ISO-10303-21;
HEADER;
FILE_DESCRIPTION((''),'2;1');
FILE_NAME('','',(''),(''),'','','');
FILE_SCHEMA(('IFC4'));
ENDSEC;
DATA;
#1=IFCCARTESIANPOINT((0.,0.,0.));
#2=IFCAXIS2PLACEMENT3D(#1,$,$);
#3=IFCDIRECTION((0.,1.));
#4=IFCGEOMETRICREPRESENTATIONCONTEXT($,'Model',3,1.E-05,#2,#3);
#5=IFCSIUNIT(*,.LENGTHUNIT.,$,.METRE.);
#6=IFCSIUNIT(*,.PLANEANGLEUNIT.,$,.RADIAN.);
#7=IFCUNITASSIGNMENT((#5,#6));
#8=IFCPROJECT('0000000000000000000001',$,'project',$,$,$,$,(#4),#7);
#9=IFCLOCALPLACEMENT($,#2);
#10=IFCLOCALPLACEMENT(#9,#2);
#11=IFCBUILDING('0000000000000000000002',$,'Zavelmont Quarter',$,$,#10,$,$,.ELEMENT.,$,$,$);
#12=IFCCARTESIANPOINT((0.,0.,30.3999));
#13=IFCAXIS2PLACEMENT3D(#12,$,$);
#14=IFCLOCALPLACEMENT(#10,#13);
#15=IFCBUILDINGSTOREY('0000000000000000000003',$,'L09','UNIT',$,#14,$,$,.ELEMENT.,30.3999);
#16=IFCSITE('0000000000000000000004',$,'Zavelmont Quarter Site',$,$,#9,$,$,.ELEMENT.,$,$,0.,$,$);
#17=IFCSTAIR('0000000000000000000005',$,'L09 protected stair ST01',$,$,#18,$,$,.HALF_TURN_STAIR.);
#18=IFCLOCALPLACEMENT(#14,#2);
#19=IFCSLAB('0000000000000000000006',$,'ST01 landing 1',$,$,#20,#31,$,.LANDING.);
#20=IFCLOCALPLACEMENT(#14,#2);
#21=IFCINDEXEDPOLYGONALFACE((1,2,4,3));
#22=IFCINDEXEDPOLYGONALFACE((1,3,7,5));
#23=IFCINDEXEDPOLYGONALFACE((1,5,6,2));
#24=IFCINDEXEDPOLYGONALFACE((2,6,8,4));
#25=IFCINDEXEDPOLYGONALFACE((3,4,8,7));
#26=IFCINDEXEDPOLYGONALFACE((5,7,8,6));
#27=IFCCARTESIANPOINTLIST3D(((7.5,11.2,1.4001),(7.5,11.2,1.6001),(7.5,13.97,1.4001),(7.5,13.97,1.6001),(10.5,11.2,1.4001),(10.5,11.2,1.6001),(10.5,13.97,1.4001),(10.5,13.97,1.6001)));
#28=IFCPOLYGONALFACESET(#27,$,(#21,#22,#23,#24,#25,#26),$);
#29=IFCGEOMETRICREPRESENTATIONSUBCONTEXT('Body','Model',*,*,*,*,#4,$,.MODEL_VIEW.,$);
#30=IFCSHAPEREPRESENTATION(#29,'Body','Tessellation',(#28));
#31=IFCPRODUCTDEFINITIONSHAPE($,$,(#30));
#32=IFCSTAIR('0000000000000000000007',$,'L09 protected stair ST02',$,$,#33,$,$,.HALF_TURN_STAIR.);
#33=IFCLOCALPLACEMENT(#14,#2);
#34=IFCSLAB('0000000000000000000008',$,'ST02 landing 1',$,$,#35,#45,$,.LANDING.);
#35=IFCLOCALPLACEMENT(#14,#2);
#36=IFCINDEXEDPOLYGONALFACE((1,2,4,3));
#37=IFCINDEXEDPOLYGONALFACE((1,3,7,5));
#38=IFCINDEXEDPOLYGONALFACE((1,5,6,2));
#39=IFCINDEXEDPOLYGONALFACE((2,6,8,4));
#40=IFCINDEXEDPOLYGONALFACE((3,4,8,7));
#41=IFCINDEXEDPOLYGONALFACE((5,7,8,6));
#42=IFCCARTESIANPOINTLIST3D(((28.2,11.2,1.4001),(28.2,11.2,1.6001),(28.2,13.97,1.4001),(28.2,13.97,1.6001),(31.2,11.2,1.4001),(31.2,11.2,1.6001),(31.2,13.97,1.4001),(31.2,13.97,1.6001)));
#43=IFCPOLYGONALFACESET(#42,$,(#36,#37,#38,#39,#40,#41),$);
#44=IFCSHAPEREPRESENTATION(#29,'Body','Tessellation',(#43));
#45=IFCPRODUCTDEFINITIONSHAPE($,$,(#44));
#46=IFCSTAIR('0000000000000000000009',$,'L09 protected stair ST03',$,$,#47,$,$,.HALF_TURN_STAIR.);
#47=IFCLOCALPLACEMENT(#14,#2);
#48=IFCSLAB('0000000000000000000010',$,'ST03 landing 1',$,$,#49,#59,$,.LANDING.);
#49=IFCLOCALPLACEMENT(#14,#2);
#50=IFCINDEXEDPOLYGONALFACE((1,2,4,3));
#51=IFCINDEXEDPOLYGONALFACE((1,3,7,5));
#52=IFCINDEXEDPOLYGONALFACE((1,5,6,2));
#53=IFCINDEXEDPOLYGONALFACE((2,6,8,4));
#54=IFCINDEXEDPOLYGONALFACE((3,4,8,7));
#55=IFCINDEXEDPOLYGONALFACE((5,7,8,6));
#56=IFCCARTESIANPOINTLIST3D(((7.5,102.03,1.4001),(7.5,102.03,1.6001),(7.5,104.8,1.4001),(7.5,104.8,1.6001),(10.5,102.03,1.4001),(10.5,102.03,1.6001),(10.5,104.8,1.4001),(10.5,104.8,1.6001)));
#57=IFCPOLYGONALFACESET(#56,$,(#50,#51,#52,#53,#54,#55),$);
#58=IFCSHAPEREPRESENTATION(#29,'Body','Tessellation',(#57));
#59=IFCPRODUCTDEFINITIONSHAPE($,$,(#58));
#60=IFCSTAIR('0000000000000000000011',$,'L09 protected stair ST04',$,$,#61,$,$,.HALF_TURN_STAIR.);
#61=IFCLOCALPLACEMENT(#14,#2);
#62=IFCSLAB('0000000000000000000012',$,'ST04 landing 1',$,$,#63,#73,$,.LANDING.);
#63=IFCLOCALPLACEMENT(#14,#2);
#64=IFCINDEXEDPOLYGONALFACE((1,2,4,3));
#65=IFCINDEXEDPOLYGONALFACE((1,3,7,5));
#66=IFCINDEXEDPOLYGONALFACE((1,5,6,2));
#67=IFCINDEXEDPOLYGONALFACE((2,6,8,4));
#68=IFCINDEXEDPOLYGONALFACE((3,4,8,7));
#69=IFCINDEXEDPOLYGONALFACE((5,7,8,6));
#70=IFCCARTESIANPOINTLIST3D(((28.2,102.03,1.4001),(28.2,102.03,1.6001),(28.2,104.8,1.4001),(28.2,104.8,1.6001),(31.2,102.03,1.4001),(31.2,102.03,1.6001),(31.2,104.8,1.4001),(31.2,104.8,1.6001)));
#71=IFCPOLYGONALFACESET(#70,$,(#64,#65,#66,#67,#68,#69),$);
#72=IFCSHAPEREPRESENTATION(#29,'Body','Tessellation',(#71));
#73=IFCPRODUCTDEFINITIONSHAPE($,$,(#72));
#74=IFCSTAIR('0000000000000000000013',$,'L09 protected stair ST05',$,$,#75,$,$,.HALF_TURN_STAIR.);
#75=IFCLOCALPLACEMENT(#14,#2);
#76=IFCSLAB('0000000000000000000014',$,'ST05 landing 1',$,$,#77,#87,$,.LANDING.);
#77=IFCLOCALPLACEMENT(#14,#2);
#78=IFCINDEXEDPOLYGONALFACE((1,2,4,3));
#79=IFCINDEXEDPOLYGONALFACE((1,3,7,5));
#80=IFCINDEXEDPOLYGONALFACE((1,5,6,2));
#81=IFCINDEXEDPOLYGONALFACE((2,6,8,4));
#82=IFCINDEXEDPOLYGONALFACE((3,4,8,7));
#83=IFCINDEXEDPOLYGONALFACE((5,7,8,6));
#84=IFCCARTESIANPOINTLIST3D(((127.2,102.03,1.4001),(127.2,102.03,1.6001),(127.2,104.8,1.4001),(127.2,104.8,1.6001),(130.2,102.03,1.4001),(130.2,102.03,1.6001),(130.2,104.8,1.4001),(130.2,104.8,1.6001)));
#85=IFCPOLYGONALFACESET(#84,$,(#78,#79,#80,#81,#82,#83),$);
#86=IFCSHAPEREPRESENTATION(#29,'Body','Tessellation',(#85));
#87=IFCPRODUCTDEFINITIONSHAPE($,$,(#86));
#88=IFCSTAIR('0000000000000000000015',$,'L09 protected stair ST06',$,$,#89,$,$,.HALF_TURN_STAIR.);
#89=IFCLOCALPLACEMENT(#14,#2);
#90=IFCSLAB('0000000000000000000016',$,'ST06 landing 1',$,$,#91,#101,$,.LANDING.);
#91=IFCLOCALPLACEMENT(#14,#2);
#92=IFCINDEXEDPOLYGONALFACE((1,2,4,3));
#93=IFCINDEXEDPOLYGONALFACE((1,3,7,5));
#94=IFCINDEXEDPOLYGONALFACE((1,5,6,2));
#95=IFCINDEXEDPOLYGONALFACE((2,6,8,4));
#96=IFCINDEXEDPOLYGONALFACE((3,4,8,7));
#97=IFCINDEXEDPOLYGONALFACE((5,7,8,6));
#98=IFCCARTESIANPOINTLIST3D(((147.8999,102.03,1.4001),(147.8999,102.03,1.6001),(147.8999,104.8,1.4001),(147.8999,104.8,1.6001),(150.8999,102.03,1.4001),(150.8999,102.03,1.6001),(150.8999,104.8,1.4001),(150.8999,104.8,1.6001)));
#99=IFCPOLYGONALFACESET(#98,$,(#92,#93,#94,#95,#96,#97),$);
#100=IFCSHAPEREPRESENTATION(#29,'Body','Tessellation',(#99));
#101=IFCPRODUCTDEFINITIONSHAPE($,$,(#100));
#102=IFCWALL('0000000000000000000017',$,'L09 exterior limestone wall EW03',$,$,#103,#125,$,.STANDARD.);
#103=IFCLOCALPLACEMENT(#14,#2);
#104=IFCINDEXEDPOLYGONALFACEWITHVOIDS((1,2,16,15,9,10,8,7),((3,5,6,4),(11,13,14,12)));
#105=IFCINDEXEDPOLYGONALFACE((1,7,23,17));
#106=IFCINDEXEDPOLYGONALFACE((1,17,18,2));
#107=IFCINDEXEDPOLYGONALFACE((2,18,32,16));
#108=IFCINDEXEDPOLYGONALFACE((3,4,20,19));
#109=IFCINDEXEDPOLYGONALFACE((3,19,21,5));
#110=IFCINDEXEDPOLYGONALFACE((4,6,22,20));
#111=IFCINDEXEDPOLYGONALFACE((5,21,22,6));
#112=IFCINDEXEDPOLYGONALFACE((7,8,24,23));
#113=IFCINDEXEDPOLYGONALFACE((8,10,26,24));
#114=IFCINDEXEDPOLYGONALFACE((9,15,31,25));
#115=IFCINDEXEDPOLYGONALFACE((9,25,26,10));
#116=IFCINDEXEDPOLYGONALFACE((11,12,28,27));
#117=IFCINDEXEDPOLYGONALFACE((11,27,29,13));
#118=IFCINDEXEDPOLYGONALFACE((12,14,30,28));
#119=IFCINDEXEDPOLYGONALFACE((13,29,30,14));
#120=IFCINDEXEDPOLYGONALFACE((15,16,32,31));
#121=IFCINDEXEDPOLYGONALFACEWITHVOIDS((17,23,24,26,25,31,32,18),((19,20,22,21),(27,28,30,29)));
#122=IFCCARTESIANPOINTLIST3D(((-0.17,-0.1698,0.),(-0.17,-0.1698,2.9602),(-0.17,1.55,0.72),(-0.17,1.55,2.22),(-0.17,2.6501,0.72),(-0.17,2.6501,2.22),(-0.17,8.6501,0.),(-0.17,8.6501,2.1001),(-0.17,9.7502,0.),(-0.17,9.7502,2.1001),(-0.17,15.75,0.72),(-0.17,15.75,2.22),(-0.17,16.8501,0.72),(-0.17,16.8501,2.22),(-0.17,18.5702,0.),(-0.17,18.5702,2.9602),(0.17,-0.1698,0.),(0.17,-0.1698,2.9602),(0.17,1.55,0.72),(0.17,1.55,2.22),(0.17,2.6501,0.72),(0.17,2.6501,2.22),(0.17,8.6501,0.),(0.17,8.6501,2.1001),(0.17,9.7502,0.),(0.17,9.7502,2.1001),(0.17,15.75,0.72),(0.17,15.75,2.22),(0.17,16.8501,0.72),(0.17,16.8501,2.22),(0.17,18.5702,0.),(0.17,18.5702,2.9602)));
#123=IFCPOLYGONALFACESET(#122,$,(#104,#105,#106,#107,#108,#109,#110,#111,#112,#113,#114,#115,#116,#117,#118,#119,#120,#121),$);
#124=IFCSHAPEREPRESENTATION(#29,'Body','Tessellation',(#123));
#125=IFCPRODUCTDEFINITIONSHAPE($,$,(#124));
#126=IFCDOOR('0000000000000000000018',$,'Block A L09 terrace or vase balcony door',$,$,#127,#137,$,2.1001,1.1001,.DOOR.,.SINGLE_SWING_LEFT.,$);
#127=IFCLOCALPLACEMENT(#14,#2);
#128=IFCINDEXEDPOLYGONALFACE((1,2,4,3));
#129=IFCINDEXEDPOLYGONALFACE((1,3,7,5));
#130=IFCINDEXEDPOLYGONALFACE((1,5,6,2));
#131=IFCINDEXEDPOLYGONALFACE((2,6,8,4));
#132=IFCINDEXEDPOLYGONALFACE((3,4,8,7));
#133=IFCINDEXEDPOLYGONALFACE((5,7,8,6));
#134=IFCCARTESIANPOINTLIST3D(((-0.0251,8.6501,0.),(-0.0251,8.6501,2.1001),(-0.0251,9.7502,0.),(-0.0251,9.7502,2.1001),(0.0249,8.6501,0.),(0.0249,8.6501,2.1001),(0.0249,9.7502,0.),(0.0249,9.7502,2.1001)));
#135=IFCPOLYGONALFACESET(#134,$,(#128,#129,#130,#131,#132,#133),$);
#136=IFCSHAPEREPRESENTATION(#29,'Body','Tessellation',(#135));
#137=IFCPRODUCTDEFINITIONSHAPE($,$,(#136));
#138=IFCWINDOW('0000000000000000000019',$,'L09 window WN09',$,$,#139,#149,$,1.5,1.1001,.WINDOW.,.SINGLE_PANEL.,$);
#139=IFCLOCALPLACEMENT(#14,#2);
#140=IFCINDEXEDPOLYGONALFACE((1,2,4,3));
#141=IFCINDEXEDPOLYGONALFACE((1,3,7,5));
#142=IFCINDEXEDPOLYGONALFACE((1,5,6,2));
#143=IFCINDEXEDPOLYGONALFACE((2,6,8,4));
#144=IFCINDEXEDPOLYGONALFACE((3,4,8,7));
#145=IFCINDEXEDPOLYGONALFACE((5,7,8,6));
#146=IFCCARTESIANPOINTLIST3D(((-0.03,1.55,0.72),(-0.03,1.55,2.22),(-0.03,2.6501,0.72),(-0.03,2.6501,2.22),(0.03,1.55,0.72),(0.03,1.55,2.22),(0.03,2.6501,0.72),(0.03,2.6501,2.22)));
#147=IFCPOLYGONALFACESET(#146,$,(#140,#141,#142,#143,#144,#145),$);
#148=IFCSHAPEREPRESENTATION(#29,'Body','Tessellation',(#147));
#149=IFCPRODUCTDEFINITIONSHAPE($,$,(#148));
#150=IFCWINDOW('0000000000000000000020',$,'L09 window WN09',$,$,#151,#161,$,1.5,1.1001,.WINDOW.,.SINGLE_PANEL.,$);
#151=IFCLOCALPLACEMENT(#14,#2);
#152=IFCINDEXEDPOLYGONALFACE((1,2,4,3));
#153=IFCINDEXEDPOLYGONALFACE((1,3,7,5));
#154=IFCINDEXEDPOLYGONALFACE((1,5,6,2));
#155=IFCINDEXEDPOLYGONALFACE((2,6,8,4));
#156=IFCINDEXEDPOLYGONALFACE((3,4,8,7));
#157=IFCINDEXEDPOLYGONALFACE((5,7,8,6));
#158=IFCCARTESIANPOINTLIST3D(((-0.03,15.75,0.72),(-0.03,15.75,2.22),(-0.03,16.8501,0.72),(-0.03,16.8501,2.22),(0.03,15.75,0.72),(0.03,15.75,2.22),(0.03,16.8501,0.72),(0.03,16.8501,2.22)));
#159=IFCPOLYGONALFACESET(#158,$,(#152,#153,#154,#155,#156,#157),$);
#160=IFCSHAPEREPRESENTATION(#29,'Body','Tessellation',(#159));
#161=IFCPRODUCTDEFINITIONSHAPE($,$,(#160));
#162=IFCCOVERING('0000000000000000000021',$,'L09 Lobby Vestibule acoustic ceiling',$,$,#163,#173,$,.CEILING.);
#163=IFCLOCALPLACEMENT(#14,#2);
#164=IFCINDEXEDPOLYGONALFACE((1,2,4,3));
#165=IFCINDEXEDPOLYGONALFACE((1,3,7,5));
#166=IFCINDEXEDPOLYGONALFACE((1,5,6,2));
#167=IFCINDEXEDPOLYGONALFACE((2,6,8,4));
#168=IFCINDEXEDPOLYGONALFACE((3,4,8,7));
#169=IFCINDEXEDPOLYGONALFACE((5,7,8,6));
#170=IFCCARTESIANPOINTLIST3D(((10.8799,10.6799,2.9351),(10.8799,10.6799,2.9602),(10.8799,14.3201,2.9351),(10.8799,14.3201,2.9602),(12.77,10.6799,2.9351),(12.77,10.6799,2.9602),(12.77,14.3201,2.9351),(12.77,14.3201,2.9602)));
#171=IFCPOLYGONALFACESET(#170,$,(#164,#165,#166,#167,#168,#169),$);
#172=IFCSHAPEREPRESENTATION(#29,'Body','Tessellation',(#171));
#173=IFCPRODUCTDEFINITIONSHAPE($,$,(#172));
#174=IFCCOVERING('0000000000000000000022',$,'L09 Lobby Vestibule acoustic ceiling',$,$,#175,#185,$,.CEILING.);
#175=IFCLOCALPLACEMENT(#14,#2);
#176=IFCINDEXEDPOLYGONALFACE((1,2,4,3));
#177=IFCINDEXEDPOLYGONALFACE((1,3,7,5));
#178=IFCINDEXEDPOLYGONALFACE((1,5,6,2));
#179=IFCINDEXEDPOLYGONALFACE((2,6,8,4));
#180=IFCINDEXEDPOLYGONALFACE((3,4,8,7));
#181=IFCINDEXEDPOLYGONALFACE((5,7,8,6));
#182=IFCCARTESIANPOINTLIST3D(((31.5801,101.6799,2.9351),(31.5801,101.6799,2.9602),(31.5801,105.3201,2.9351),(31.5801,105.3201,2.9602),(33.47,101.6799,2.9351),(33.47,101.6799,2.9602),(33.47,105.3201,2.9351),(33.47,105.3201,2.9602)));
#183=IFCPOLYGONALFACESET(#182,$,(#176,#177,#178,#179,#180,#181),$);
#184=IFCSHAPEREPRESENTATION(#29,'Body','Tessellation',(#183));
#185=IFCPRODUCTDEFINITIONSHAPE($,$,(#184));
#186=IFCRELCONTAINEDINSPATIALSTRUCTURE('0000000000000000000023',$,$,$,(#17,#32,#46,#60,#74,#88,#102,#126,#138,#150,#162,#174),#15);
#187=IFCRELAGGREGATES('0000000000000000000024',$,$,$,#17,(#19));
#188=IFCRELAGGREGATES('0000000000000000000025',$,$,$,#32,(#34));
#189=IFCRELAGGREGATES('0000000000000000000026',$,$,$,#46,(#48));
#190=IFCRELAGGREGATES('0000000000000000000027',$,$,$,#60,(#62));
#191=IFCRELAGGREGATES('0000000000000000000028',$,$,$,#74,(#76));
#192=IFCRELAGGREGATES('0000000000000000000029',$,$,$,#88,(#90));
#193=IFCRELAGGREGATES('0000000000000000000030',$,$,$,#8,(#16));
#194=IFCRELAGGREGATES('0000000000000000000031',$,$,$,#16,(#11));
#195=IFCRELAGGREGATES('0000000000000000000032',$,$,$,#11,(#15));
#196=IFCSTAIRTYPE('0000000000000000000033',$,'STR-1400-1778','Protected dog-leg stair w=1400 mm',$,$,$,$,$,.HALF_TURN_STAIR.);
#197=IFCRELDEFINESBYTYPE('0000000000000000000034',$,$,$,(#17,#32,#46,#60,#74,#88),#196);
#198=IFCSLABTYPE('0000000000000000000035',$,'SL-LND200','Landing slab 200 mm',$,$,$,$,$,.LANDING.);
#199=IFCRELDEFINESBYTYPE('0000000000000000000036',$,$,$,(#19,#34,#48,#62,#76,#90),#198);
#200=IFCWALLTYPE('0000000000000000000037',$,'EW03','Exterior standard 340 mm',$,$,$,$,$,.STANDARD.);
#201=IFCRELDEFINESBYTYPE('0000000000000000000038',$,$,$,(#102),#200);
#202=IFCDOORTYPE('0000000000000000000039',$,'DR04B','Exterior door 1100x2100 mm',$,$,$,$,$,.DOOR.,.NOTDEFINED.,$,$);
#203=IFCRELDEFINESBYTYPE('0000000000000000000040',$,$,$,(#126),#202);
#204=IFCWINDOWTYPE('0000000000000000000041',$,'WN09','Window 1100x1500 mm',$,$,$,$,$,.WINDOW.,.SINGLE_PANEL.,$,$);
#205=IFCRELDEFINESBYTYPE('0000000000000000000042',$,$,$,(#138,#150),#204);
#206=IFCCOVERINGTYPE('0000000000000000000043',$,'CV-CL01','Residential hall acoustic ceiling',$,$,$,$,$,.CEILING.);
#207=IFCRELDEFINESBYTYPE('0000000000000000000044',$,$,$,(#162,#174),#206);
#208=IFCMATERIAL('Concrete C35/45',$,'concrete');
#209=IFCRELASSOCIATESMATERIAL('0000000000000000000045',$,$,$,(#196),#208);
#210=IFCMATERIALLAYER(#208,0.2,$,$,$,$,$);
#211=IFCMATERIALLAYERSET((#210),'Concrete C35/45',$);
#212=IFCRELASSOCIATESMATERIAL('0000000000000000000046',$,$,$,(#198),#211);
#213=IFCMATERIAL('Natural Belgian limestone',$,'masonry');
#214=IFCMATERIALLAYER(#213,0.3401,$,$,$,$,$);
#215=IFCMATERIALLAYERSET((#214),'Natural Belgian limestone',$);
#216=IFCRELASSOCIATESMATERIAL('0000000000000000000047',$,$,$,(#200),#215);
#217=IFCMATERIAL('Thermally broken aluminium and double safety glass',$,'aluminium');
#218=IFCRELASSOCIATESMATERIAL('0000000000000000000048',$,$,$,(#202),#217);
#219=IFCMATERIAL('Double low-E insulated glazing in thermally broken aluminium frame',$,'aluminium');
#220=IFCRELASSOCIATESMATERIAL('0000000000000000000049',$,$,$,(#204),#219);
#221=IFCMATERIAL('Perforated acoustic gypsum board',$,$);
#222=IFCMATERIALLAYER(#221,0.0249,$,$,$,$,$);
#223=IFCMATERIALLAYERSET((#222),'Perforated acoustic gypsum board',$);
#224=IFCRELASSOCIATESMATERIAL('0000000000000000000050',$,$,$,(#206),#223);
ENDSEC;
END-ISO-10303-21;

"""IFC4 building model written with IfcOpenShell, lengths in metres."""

from ifc_helpers import new_model, si_unit, direction, frame, frame_2d, origin, origin_with_axes, place, context, subcontext, project, spatial, polyline, rectangle, outline, extrude, material, layer, layer_set, type_object, element, fill, aggregate, save


model = new_model("IFC4")

# Units and contexts
model_context = context("Model", 3, precision=1e-05, world=origin(), true_north=direction((0.0, 1.0)))
body_context = subcontext(model_context, "Body", "Model", "MODEL_VIEW")
ifc_project = project(units=[si_unit("LENGTHUNIT", "METRE"), si_unit("PLANEANGLEUNIT", "RADIAN")], contexts=[model_context])

# Site, building, storey
site_placement = place(None, origin())
site = spatial("IfcSite", under=ifc_project, at=site_placement, Name="Zavelmont Quarter Site", CompositionType="ELEMENT", RefElevation=0.0)
building_placement = place(site_placement, origin())
building = spatial("IfcBuilding", under=site, at=building_placement, Name="Zavelmont Quarter", CompositionType="ELEMENT")
storey_placement = place(building_placement, frame((0.0, 0.0, 30.3999)))
storey = spatial("IfcBuildingStorey", under=building, at=storey_placement, Name="L09", Description="UNIT", CompositionType="ELEMENT", Elevation=30.3999)

# Stairs, slabs
ifc_material_1 = material(Name="Concrete C35/45", Category="concrete")
stair_type = type_object("IfcStairType", Name="STR-1400-1778", Description="Protected dog-leg stair w=1400 mm", PredefinedType="HALF_TURN_STAIR", material=ifc_material_1)
stair_1_placement = place(storey_placement, origin())
stair_1 = element("IfcStair", 1, at=stair_1_placement, inside=storey, type_object=stair_type, Name="L09 protected stair ST01", PredefinedType="HALF_TURN_STAIR")
ifc_layer_1 = layer(ifc_material_1, 0.2)
ifc_layer_set_1 = layer_set([ifc_layer_1], Name="Concrete C35/45")
slab_type = type_object("IfcSlabType", Name="SL-LND200", Description="Landing slab 200 mm", PredefinedType="LANDING", material=ifc_layer_set_1)
slab_1_placement = place(storey_placement, frame((0.0, 0.0, 1.4001)))
slab_1 = element("IfcSlab", 2, at=slab_1_placement, type_object=slab_type, Name="ST01 landing 1", PredefinedType="LANDING", context=body_context, shape_type="SweptSolid", body=[
    extrude(outline(polyline([(7.5, 13.97), (7.5, 11.2), (10.5, 11.2), (10.5, 13.97), (7.5, 13.97)])), origin(), (0.0, 0.0, 1.0), 0.2),
])
aggregate(stair_1, [slab_1])
stair_2_placement = place(storey_placement, origin())
stair_2 = element("IfcStair", 3, at=stair_2_placement, inside=storey, type_object=stair_type, Name="L09 protected stair ST02", PredefinedType="HALF_TURN_STAIR")
slab_2_placement = place(storey_placement, frame((0.0, 0.0, 1.4001)))
slab_2 = element("IfcSlab", 4, at=slab_2_placement, type_object=slab_type, Name="ST02 landing 1", PredefinedType="LANDING", context=body_context, shape_type="SweptSolid", body=[
    extrude(outline(polyline([(28.2, 13.97), (28.2, 11.2), (31.2, 11.2), (31.2, 13.97), (28.2, 13.97)])), origin(), (0.0, 0.0, 1.0), 0.2),
])
aggregate(stair_2, [slab_2])
stair_3_placement = place(storey_placement, origin())
stair_3 = element("IfcStair", 5, at=stair_3_placement, inside=storey, type_object=stair_type, Name="L09 protected stair ST03", PredefinedType="HALF_TURN_STAIR")
slab_3_placement = place(storey_placement, frame((0.0, 0.0, 1.4001)))
slab_3 = element("IfcSlab", 6, at=slab_3_placement, type_object=slab_type, Name="ST03 landing 1", PredefinedType="LANDING", context=body_context, shape_type="SweptSolid", body=[
    extrude(outline(polyline([(10.5, 102.03), (10.5, 104.8), (7.5, 104.8), (7.5, 102.03), (10.5, 102.03)])), origin(), (0.0, 0.0, 1.0), 0.2),
])
aggregate(stair_3, [slab_3])
stair_4_placement = place(storey_placement, origin())
stair_4 = element("IfcStair", 7, at=stair_4_placement, inside=storey, type_object=stair_type, Name="L09 protected stair ST04", PredefinedType="HALF_TURN_STAIR")
slab_4_placement = place(storey_placement, frame((0.0, 0.0, 1.4001)))
slab_4 = element("IfcSlab", 8, at=slab_4_placement, type_object=slab_type, Name="ST04 landing 1", PredefinedType="LANDING", context=body_context, shape_type="SweptSolid", body=[
    extrude(outline(polyline([(31.2, 102.03), (31.2, 104.8), (28.2, 104.8), (28.2, 102.03), (31.2, 102.03)])), origin(), (0.0, 0.0, 1.0), 0.2),
])
aggregate(stair_4, [slab_4])
stair_5_placement = place(storey_placement, origin())
stair_5 = element("IfcStair", 9, at=stair_5_placement, inside=storey, type_object=stair_type, Name="L09 protected stair ST05", PredefinedType="HALF_TURN_STAIR")
slab_5_placement = place(storey_placement, frame((0.0, 0.0, 1.4001)))
slab_5 = element("IfcSlab", 10, at=slab_5_placement, type_object=slab_type, Name="ST05 landing 1", PredefinedType="LANDING", context=body_context, shape_type="SweptSolid", body=[
    extrude(outline(polyline([(130.2, 102.03), (130.2, 104.8), (127.2, 104.8), (127.2, 102.03), (130.2, 102.03)])), origin(), (0.0, 0.0, 1.0), 0.2),
])
aggregate(stair_5, [slab_5])
stair_6_placement = place(storey_placement, origin())
stair_6 = element("IfcStair", 11, at=stair_6_placement, inside=storey, type_object=stair_type, Name="L09 protected stair ST06", PredefinedType="HALF_TURN_STAIR")
slab_6_placement = place(storey_placement, frame((0.0, 0.0, 1.4001)))
slab_6 = element("IfcSlab", 12, at=slab_6_placement, type_object=slab_type, Name="ST06 landing 1", PredefinedType="LANDING", context=body_context, shape_type="SweptSolid", body=[
    extrude(outline(polyline([(150.8999, 102.03), (150.8999, 104.8), (147.8999, 104.8), (147.8999, 102.03), (150.8999, 102.03)])), origin(), (0.0, 0.0, 1.0), 0.2),
])
aggregate(stair_6, [slab_6])

# Wall, openings, door, windows
ifc_material_2 = material(Name="Natural Belgian limestone", Category="masonry")
ifc_layer_2 = layer(ifc_material_2, 0.3401)
ifc_layer_set_2 = layer_set([ifc_layer_2], Name="Natural Belgian limestone")
wall_type = type_object("IfcWallType", Name="EW03", Description="Exterior standard 340 mm", PredefinedType="STANDARD", material=ifc_layer_set_2)
wall_placement = place(storey_placement, frame((0.0, -0.1699, 0.0), z_axis=(0.0, 0.0, 1.0), x_axis=(0.0, 1.0, 0.0)))
wall = element("IfcWall", 13, at=wall_placement, inside=storey, type_object=wall_type, Name="L09 exterior limestone wall EW03", PredefinedType="STANDARD", context=body_context, shape_type="SweptSolid", body=[
    extrude(rectangle(XDim=18.74, YDim=0.3401, at=frame_2d((9.3701, 0.0))), origin(), (0.0, 0.0, 1.0), 2.9602),
])
opening_1_placement = place(wall_placement, frame((8.8201, 0.0, 0.0)))
opening_1 = element("IfcOpeningElement", 14, at=opening_1_placement, cuts=wall, PredefinedType="OPENING", context=body_context, shape_type="SweptSolid", body=[
    extrude(rectangle(XDim=1.1001, YDim=2.1001, at=frame_2d((0.55, 1.05))), frame((0.0, 0.1821, 0.0), z_axis=(0.0, -1.0, 0.0), x_axis=(1.0, 0.0, 0.0)), (0.0, 0.0, 1.0), 0.364),
])
opening_2_placement = place(wall_placement, frame((1.72, 0.0, 0.72)))
opening_2 = element("IfcOpeningElement", 15, at=opening_2_placement, cuts=wall, PredefinedType="OPENING", context=body_context, shape_type="SweptSolid", body=[
    extrude(rectangle(XDim=1.1001, YDim=1.5, at=frame_2d((0.55, 0.75))), frame((0.0, 0.1821, 0.0), z_axis=(0.0, -1.0, 0.0), x_axis=(1.0, 0.0, 0.0)), (0.0, 0.0, 1.0), 0.364),
])
opening_3_placement = place(wall_placement, frame((15.9199, 0.0, 0.72)))
opening_3 = element("IfcOpeningElement", 16, at=opening_3_placement, cuts=wall, PredefinedType="OPENING", context=body_context, shape_type="SweptSolid", body=[
    extrude(rectangle(XDim=1.1001, YDim=1.5, at=frame_2d((0.55, 0.75))), frame((0.0, 0.1821, 0.0), z_axis=(0.0, -1.0, 0.0), x_axis=(1.0, 0.0, 0.0)), (0.0, 0.0, 1.0), 0.364),
])
ifc_material_3 = material(Name="Thermally broken aluminium and double safety glass", Category="aluminium")
door_type = type_object("IfcDoorType", Name="DR04B", Description="Exterior door 1100x2100 mm", OperationType="NOTDEFINED", PredefinedType="DOOR", material=ifc_material_3)
door_placement = place(opening_1_placement, frame((1.1001, 0.0, 0.0), z_axis=(0.0, 0.0, 1.0), x_axis=(-1.0, 0.0, 0.0)))
door = element("IfcDoor", 17, at=door_placement, inside=storey, type_object=door_type, Name="Block A L09 terrace or vase balcony door", OperationType="SINGLE_SWING_LEFT", OverallHeight=2.1001, OverallWidth=1.1001, PredefinedType="DOOR", context=body_context, shape_type="SweptSolid", body=[
    extrude(rectangle(XDim=1.1001, YDim=2.1001, at=frame_2d((0.55, 1.05))), frame((0.0, 0.0249, 0.0), z_axis=(0.0, -1.0, 0.0), x_axis=(1.0, 0.0, 0.0)), (0.0, 0.0, 1.0), 0.05),
])
fill(opening_1, door)
ifc_material_4 = material(Name="Double low-E insulated glazing in thermally broken aluminium frame", Category="aluminium")
window_type = type_object("IfcWindowType", Name="WN09", Description="Window 1100x1500 mm", PartitioningType="SINGLE_PANEL", PredefinedType="WINDOW", material=ifc_material_4)
window_1_placement = place(opening_2_placement, origin_with_axes())
window_1 = element("IfcWindow", 18, at=window_1_placement, inside=storey, type_object=window_type, Name="L09 window WN09", OverallHeight=1.5, OverallWidth=1.1001, PartitioningType="SINGLE_PANEL", PredefinedType="WINDOW", context=body_context, shape_type="SweptSolid", body=[
    extrude(rectangle(XDim=1.1001, YDim=1.5, at=frame_2d((0.55, 0.75))), frame((0.0, 0.03, 0.0), z_axis=(0.0, -1.0, 0.0), x_axis=(1.0, 0.0, 0.0)), (0.0, 0.0, 1.0), 0.0601),
])
fill(opening_2, window_1)
window_2_placement = place(opening_3_placement, origin_with_axes())
window_2 = element("IfcWindow", 19, at=window_2_placement, inside=storey, type_object=window_type, Name="L09 window WN09", OverallHeight=1.5, OverallWidth=1.1001, PartitioningType="SINGLE_PANEL", PredefinedType="WINDOW", context=body_context, shape_type="SweptSolid", body=[
    extrude(rectangle(XDim=1.1001, YDim=1.5, at=frame_2d((0.55, 0.75))), frame((0.0, 0.03, 0.0), z_axis=(0.0, -1.0, 0.0), x_axis=(1.0, 0.0, 0.0)), (0.0, 0.0, 1.0), 0.0601),
])
fill(opening_3, window_2)

# Coverings
ifc_material_5 = material(Name="Perforated acoustic gypsum board")
ifc_layer_3 = layer(ifc_material_5, 0.0249)
ifc_layer_set_3 = layer_set([ifc_layer_3], Name="Perforated acoustic gypsum board")
covering_type_1 = type_object("IfcCoveringType", Name="CV-CL01", Description="Residential hall acoustic ceiling", PredefinedType="CEILING", material=ifc_layer_set_3)
covering_1_placement = place(storey_placement, frame((0.0, 0.0, 2.9351)))
element("IfcCovering", 20, at=covering_1_placement, inside=storey, type_object=covering_type_1, Name="L09 Lobby Vestibule acoustic ceiling", PredefinedType="CEILING", context=body_context, shape_type="SweptSolid", body=[
    extrude(outline(polyline([(10.8799, 14.3201), (12.77, 14.3201), (12.77, 10.6799), (10.8799, 10.6799), (10.8799, 14.3201)])), origin(), (0.0, 0.0, 1.0), 0.0251),
])
covering_2_placement = place(storey_placement, frame((0.0, 0.0, 2.9351)))
element("IfcCovering", 21, at=covering_2_placement, inside=storey, type_object=covering_type_1, Name="L09 Lobby Vestibule acoustic ceiling", PredefinedType="CEILING", context=body_context, shape_type="SweptSolid", body=[
    extrude(outline(polyline([(31.5801, 105.3201), (33.47, 105.3201), (33.47, 101.6799), (31.5801, 101.6799), (31.5801, 105.3201)])), origin(), (0.0, 0.0, 1.0), 0.0251),
])

save(model, "model.ifc")
